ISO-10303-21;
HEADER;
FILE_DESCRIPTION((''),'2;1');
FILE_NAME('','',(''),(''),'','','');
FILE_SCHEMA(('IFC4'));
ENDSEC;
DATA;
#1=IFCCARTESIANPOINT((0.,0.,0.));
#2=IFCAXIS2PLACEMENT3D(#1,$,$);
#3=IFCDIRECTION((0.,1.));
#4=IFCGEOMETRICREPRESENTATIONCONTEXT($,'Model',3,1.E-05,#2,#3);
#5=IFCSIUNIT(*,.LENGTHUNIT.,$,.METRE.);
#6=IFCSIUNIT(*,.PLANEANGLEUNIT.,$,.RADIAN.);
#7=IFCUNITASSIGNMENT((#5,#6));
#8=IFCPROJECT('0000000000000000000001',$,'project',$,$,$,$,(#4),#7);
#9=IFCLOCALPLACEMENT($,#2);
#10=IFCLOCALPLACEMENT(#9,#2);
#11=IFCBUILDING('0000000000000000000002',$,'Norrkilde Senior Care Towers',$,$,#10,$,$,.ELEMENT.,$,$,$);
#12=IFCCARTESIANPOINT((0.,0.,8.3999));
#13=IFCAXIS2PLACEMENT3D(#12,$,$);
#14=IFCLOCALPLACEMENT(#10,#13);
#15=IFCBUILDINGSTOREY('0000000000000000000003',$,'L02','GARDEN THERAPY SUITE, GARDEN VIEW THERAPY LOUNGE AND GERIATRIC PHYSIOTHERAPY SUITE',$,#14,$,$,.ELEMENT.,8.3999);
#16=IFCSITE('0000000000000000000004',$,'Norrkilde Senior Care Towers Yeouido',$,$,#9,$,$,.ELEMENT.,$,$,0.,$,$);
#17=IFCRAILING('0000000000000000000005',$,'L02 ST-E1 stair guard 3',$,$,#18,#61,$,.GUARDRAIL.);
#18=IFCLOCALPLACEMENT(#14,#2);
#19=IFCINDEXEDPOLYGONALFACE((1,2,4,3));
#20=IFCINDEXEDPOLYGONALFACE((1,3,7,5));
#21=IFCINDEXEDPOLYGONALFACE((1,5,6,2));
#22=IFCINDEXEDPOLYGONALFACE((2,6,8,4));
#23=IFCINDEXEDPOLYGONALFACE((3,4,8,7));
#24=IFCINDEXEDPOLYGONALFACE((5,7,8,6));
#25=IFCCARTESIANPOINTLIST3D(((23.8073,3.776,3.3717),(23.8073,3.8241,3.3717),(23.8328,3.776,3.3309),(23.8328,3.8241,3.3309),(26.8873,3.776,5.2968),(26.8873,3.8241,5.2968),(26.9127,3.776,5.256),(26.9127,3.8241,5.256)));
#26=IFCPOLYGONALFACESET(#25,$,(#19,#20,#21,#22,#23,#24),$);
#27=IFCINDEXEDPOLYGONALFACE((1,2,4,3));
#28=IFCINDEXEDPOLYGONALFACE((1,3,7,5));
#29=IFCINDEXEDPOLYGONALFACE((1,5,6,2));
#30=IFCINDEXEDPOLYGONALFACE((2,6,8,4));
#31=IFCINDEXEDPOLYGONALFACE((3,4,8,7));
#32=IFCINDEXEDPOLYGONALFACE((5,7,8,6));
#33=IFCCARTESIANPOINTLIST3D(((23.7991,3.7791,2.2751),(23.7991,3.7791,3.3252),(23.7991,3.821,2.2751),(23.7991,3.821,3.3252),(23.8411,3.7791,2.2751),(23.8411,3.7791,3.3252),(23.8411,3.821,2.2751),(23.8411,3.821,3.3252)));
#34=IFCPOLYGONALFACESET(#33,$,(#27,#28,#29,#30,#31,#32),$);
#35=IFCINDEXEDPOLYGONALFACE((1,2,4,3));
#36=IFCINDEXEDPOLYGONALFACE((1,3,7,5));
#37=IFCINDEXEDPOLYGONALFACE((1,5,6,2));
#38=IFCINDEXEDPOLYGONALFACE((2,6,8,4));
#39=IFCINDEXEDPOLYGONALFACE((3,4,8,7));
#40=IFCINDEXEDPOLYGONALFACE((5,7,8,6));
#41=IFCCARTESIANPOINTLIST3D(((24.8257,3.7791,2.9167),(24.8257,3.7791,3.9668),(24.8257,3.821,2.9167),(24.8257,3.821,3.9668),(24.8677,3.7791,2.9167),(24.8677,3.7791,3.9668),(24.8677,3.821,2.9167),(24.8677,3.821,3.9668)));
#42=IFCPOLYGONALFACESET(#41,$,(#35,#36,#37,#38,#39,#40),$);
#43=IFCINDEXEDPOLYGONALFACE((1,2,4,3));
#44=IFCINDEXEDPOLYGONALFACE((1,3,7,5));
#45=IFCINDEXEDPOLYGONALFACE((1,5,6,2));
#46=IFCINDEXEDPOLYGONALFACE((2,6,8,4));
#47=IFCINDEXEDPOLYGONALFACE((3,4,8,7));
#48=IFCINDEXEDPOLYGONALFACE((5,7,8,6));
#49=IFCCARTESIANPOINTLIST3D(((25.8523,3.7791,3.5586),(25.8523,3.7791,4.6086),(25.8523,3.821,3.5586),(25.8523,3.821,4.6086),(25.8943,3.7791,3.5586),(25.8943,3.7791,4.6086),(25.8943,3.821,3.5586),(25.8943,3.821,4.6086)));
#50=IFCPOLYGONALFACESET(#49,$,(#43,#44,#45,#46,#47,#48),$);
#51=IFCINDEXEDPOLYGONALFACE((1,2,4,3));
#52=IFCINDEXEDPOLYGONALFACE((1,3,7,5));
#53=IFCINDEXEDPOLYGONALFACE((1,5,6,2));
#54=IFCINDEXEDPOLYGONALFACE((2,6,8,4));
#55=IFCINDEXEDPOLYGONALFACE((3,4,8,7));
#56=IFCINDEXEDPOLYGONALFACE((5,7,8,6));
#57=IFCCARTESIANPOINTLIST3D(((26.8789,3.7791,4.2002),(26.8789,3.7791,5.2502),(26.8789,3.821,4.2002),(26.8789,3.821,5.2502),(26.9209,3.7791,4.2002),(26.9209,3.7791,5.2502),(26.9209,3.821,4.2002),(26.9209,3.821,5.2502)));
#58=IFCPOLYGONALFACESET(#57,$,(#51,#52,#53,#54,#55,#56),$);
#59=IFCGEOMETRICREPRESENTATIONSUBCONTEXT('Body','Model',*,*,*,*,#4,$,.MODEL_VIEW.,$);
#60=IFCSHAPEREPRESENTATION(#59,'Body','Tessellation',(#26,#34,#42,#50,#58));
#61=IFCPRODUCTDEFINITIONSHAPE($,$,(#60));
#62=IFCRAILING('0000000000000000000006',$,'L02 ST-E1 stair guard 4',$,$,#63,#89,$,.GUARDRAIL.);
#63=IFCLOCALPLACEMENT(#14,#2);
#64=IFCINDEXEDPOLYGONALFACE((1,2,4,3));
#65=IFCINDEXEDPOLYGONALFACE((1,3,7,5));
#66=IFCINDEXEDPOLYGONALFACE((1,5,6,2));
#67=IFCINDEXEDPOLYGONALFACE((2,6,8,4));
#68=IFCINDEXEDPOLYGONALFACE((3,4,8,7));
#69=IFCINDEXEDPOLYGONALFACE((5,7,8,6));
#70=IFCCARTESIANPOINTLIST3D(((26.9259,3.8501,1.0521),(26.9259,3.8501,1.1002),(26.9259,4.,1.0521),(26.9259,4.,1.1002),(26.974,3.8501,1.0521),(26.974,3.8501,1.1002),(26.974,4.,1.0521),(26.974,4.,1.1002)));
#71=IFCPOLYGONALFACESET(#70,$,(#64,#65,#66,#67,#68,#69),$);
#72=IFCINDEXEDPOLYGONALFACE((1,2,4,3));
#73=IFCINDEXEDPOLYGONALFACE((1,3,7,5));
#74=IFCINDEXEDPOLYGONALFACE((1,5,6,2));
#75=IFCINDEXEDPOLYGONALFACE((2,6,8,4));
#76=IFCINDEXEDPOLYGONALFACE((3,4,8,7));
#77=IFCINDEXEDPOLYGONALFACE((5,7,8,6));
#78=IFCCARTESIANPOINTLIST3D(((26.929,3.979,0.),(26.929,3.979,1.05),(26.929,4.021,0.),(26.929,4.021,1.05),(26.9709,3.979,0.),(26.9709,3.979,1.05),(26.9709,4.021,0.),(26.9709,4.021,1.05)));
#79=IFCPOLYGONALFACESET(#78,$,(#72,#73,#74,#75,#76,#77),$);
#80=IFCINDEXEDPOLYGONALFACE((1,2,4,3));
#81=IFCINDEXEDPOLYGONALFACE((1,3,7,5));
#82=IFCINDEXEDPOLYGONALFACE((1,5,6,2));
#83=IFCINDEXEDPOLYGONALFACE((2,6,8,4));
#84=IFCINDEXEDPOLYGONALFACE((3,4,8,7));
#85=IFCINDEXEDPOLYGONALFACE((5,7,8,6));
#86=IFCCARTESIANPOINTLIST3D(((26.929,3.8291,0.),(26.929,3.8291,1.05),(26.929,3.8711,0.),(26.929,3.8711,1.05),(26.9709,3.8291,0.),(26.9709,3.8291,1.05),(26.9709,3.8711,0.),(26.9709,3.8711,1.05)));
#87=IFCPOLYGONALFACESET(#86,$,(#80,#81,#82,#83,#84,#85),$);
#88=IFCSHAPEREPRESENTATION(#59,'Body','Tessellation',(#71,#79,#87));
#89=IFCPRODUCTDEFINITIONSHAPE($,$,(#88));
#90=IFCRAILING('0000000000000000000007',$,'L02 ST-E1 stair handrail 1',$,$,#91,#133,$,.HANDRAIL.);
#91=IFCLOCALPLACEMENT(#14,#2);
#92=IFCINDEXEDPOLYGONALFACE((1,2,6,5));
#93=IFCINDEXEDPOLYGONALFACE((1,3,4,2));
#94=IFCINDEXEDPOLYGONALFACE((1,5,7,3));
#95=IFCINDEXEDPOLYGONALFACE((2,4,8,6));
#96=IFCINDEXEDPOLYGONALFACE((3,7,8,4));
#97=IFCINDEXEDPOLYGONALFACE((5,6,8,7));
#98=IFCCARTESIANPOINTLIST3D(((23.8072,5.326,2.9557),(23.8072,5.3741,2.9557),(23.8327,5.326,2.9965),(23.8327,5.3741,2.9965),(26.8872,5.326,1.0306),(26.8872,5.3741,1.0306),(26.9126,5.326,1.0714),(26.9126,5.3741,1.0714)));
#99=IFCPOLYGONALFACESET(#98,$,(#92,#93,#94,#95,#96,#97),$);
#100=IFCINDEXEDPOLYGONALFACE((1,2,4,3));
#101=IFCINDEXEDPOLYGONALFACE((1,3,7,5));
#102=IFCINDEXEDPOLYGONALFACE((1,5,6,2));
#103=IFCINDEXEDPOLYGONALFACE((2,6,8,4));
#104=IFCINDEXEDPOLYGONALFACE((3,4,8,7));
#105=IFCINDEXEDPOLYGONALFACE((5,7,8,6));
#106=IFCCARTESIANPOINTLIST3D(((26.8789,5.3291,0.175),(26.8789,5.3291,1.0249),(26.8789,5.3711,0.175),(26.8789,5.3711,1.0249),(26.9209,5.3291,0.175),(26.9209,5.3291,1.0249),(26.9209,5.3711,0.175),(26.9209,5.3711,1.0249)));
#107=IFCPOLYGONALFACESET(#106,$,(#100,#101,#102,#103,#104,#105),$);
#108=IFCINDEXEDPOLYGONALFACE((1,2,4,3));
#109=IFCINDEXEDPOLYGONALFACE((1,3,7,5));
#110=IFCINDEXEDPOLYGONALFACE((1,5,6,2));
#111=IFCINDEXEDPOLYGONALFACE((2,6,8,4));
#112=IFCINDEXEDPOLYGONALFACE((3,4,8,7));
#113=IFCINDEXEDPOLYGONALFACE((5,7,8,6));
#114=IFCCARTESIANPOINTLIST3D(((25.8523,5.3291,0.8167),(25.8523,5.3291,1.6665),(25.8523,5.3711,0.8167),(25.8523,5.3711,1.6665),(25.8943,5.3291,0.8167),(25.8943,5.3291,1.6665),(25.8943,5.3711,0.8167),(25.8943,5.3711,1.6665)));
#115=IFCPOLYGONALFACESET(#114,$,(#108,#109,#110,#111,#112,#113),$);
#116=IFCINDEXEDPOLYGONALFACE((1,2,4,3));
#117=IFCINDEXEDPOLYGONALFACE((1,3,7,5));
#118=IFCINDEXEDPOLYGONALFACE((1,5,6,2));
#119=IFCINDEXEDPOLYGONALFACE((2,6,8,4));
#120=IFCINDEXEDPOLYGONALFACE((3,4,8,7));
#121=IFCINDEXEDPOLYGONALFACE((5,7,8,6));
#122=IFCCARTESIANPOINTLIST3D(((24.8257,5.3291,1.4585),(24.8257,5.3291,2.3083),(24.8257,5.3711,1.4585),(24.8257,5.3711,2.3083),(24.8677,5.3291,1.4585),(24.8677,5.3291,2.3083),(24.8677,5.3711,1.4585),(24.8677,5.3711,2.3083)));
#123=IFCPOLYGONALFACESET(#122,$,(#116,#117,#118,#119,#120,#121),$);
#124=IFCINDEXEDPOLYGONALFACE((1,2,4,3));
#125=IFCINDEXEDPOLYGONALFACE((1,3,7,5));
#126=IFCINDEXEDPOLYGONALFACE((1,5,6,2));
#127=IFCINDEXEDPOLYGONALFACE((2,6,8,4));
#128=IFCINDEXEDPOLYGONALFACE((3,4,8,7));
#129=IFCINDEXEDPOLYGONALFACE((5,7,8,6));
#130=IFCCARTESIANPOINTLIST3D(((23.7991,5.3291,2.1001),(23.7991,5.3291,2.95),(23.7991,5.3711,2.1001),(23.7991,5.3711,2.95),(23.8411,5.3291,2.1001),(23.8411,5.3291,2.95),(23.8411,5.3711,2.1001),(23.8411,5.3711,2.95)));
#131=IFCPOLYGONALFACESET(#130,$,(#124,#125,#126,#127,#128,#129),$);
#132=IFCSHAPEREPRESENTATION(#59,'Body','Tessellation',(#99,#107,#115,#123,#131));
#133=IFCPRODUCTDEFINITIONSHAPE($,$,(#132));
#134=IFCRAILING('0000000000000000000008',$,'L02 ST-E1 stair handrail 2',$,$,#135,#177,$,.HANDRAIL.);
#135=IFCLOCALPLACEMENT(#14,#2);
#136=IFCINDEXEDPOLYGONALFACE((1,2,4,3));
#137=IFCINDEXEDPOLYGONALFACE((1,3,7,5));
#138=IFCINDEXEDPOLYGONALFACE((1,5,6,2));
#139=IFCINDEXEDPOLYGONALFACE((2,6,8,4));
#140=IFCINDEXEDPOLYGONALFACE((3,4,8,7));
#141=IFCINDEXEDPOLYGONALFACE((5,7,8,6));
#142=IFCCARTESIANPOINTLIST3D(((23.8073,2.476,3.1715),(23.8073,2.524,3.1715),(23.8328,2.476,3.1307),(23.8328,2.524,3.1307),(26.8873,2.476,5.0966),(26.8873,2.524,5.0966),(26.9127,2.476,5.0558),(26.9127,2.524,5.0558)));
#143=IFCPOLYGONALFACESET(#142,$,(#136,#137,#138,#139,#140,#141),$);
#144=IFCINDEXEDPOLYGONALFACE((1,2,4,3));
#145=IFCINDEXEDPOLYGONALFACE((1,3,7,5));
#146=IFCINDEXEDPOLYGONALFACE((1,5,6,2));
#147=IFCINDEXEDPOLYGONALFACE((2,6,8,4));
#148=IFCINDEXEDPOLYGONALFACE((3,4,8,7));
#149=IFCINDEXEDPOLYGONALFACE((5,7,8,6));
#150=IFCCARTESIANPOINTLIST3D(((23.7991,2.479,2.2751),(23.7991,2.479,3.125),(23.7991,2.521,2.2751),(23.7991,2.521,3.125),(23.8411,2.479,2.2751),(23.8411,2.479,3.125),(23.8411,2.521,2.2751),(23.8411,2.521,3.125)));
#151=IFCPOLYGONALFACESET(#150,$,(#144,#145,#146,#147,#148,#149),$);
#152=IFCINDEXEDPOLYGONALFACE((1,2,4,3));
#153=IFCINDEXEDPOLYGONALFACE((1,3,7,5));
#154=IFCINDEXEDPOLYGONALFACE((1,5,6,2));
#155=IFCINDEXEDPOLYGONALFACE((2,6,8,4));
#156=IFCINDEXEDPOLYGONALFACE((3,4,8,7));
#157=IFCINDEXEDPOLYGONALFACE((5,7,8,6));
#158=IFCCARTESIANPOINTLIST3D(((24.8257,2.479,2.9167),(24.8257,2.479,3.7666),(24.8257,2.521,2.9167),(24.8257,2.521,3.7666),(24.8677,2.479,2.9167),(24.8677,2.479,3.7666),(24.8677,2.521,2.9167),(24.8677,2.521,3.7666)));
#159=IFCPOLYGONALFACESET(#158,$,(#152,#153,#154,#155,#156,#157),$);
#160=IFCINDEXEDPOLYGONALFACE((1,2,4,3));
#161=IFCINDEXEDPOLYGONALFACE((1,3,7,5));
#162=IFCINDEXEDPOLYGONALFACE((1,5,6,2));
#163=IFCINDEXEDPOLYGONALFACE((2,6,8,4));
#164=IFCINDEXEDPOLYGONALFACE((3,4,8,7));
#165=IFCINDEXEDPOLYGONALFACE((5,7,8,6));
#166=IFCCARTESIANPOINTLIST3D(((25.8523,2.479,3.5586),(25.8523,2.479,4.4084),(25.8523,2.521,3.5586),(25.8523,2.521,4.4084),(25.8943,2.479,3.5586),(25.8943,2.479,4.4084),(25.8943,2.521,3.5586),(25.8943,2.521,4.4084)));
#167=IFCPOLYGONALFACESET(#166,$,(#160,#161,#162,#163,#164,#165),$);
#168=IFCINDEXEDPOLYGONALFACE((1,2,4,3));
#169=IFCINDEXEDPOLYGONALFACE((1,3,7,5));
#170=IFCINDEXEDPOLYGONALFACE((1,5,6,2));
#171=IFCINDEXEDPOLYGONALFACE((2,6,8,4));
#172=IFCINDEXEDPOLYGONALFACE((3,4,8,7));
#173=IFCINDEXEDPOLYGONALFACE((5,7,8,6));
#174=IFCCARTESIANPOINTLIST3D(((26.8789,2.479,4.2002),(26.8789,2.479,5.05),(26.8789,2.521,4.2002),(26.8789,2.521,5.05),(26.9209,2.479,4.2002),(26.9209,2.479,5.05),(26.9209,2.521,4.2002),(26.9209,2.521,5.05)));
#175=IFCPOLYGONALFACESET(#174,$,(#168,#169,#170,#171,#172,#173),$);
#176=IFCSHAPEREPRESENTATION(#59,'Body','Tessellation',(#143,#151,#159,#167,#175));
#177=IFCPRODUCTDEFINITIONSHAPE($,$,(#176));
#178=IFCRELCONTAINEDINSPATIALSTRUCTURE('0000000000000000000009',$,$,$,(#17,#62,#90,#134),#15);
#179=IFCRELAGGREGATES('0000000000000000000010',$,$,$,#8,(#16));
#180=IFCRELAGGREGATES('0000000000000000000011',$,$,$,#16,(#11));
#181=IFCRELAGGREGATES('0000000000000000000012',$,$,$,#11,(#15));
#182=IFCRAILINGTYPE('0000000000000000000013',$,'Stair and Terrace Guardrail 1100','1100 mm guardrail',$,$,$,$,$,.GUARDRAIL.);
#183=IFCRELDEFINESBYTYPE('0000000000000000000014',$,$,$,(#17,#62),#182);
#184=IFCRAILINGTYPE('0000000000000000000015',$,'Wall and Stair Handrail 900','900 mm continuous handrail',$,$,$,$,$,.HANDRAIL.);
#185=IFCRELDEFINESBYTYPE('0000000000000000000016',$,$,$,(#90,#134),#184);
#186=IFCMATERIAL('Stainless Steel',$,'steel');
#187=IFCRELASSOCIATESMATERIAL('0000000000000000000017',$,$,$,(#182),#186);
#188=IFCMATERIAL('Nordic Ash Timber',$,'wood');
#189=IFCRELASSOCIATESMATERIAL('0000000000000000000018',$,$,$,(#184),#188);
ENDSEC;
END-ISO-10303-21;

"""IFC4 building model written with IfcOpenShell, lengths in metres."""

from ifc_helpers import new_model, si_unit, direction, frame, origin, origin_2d, place, context, subcontext, project, spatial, rectangle, extrude, material, type_object, element, save


model = new_model("IFC4")

# Units and contexts
model_context = context("Model", 3, precision=1e-05, world=origin(), true_north=direction((0.0, 1.0)))
body_context = subcontext(model_context, "Body", "Model", "MODEL_VIEW")
ifc_project = project(units=[si_unit("LENGTHUNIT", "METRE"), si_unit("PLANEANGLEUNIT", "RADIAN")], contexts=[model_context])

# Site, building, storey
site_placement = place(None, origin())
site = spatial("IfcSite", under=ifc_project, at=site_placement, Name="Norrkilde Senior Care Towers Yeouido", CompositionType="ELEMENT", RefElevation=0.0)
building_placement = place(site_placement, origin())
building = spatial("IfcBuilding", under=site, at=building_placement, Name="Norrkilde Senior Care Towers", CompositionType="ELEMENT")
storey_placement = place(building_placement, frame((0.0, 0.0, 8.3999)))
storey = spatial("IfcBuildingStorey", under=building, at=storey_placement, Name="L02", Description="GARDEN THERAPY SUITE, GARDEN VIEW THERAPY LOUNGE AND GERIATRIC PHYSIOTHERAPY SUITE", CompositionType="ELEMENT", Elevation=8.3999)

# Shared definitions
ifc_material_1 = material(Name="Stainless Steel", Category="steel")

# Railings
railing_type_1 = type_object("IfcRailingType", Name="Stair and Terrace Guardrail 1100", Description="1100 mm guardrail", PredefinedType="GUARDRAIL", material=ifc_material_1)
railing_1_placement = place(storey_placement, frame((23.8201, 3.8, 2.2751)))
element("IfcRailing", 1, at=railing_1_placement, inside=storey, type_object=railing_type_1, Name="L02 ST-E1 stair guard 3", PredefinedType="GUARDRAIL", context=body_context, shape_type="SweptSolid", body=[
    extrude(rectangle(XDim=0.0481, YDim=0.0481, at=origin_2d()), frame((0.0, 0.0, 1.0762), z_axis=(0.847979, 0.0, 0.530029), x_axis=(0.0, 1.0, 0.0)), (0.0, 0.0, 1.0), 3.6321),
    extrude(rectangle(XDim=0.042, YDim=0.042, at=origin_2d()), origin(), (0.0, 0.0, 1.0), 1.05),
    extrude(rectangle(XDim=0.042, YDim=0.042, at=origin_2d()), frame((1.0266, 0.0, 0.6416)), (0.0, 0.0, 1.0), 1.05),
    extrude(rectangle(XDim=0.042, YDim=0.042, at=origin_2d()), frame((2.0532, 0.0, 1.2834)), (0.0, 0.0, 1.0), 1.05),
    extrude(rectangle(XDim=0.042, YDim=0.042, at=origin_2d()), frame((3.0798, 0.0, 1.925)), (0.0, 0.0, 1.0), 1.05),
])
railing_2_placement = place(storey_placement, frame((26.95, 4.0, 0.0)))
element("IfcRailing", 2, at=railing_2_placement, inside=storey, type_object=railing_type_1, Name="L02 ST-E1 stair guard 4", PredefinedType="GUARDRAIL", context=body_context, shape_type="SweptSolid", body=[
    extrude(rectangle(XDim=0.0481, YDim=0.0481, at=origin_2d()), frame((0.0, 0.0, 1.0762), z_axis=(0.0, -1.0, 0.0), x_axis=(1.0, 0.0, 0.0)), (0.0, 0.0, 1.0), 0.1499),
    extrude(rectangle(XDim=0.042, YDim=0.042, at=origin_2d()), origin(), (0.0, 0.0, 1.0), 1.05),
    extrude(rectangle(XDim=0.042, YDim=0.042, at=origin_2d()), frame((0.0, -0.1499, 0.0)), (0.0, 0.0, 1.0), 1.05),
])
ifc_material_2 = material(Name="Nordic Ash Timber", Category="wood")
railing_type_2 = type_object("IfcRailingType", Name="Wall and Stair Handrail 900", Description="900 mm continuous handrail", PredefinedType="HANDRAIL", material=ifc_material_2)
railing_3_placement = place(storey_placement, frame((26.8999, 5.3501, 0.175)))
element("IfcRailing", 3, at=railing_3_placement, inside=storey, type_object=railing_type_2, Name="L02 ST-E1 stair handrail 1", PredefinedType="HANDRAIL", context=body_context, shape_type="SweptSolid", body=[
    extrude(rectangle(XDim=0.0481, YDim=0.0481, at=origin_2d()), frame((0.0, 0.0, 0.876), z_axis=(-0.847979, 0.0, 0.530029), x_axis=(0.0, -1.0, 0.0)), (0.0, 0.0, 1.0), 3.6321),
    extrude(rectangle(XDim=0.042, YDim=0.042, at=origin_2d()), origin(), (0.0, 0.0, 1.0), 0.8499),
    extrude(rectangle(XDim=0.042, YDim=0.042, at=origin_2d()), frame((-1.0266, 0.0, 0.6416)), (0.0, 0.0, 1.0), 0.8499),
    extrude(rectangle(XDim=0.042, YDim=0.042, at=origin_2d()), frame((-2.0532, 0.0, 1.2834)), (0.0, 0.0, 1.0), 0.8499),
    extrude(rectangle(XDim=0.042, YDim=0.042, at=origin_2d()), frame((-3.0798, 0.0, 1.925)), (0.0, 0.0, 1.0), 0.8499),
])
railing_4_placement = place(storey_placement, frame((23.8201, 2.5, 2.2751)))
element("IfcRailing", 4, at=railing_4_placement, inside=storey, type_object=railing_type_2, Name="L02 ST-E1 stair handrail 2", PredefinedType="HANDRAIL", context=body_context, shape_type="SweptSolid", body=[
    extrude(rectangle(XDim=0.0481, YDim=0.0481, at=origin_2d()), frame((0.0, 0.0, 0.876), z_axis=(0.847979, 0.0, 0.530029), x_axis=(0.0, 1.0, 0.0)), (0.0, 0.0, 1.0), 3.6321),
    extrude(rectangle(XDim=0.042, YDim=0.042, at=origin_2d()), origin(), (0.0, 0.0, 1.0), 0.8499),
    extrude(rectangle(XDim=0.042, YDim=0.042, at=origin_2d()), frame((1.0266, 0.0, 0.6416)), (0.0, 0.0, 1.0), 0.8499),
    extrude(rectangle(XDim=0.042, YDim=0.042, at=origin_2d()), frame((2.0532, 0.0, 1.2834)), (0.0, 0.0, 1.0), 0.8499),
    extrude(rectangle(XDim=0.042, YDim=0.042, at=origin_2d()), frame((3.0798, 0.0, 1.925)), (0.0, 0.0, 1.0), 0.8499),
])

save(model, "model.ifc")
